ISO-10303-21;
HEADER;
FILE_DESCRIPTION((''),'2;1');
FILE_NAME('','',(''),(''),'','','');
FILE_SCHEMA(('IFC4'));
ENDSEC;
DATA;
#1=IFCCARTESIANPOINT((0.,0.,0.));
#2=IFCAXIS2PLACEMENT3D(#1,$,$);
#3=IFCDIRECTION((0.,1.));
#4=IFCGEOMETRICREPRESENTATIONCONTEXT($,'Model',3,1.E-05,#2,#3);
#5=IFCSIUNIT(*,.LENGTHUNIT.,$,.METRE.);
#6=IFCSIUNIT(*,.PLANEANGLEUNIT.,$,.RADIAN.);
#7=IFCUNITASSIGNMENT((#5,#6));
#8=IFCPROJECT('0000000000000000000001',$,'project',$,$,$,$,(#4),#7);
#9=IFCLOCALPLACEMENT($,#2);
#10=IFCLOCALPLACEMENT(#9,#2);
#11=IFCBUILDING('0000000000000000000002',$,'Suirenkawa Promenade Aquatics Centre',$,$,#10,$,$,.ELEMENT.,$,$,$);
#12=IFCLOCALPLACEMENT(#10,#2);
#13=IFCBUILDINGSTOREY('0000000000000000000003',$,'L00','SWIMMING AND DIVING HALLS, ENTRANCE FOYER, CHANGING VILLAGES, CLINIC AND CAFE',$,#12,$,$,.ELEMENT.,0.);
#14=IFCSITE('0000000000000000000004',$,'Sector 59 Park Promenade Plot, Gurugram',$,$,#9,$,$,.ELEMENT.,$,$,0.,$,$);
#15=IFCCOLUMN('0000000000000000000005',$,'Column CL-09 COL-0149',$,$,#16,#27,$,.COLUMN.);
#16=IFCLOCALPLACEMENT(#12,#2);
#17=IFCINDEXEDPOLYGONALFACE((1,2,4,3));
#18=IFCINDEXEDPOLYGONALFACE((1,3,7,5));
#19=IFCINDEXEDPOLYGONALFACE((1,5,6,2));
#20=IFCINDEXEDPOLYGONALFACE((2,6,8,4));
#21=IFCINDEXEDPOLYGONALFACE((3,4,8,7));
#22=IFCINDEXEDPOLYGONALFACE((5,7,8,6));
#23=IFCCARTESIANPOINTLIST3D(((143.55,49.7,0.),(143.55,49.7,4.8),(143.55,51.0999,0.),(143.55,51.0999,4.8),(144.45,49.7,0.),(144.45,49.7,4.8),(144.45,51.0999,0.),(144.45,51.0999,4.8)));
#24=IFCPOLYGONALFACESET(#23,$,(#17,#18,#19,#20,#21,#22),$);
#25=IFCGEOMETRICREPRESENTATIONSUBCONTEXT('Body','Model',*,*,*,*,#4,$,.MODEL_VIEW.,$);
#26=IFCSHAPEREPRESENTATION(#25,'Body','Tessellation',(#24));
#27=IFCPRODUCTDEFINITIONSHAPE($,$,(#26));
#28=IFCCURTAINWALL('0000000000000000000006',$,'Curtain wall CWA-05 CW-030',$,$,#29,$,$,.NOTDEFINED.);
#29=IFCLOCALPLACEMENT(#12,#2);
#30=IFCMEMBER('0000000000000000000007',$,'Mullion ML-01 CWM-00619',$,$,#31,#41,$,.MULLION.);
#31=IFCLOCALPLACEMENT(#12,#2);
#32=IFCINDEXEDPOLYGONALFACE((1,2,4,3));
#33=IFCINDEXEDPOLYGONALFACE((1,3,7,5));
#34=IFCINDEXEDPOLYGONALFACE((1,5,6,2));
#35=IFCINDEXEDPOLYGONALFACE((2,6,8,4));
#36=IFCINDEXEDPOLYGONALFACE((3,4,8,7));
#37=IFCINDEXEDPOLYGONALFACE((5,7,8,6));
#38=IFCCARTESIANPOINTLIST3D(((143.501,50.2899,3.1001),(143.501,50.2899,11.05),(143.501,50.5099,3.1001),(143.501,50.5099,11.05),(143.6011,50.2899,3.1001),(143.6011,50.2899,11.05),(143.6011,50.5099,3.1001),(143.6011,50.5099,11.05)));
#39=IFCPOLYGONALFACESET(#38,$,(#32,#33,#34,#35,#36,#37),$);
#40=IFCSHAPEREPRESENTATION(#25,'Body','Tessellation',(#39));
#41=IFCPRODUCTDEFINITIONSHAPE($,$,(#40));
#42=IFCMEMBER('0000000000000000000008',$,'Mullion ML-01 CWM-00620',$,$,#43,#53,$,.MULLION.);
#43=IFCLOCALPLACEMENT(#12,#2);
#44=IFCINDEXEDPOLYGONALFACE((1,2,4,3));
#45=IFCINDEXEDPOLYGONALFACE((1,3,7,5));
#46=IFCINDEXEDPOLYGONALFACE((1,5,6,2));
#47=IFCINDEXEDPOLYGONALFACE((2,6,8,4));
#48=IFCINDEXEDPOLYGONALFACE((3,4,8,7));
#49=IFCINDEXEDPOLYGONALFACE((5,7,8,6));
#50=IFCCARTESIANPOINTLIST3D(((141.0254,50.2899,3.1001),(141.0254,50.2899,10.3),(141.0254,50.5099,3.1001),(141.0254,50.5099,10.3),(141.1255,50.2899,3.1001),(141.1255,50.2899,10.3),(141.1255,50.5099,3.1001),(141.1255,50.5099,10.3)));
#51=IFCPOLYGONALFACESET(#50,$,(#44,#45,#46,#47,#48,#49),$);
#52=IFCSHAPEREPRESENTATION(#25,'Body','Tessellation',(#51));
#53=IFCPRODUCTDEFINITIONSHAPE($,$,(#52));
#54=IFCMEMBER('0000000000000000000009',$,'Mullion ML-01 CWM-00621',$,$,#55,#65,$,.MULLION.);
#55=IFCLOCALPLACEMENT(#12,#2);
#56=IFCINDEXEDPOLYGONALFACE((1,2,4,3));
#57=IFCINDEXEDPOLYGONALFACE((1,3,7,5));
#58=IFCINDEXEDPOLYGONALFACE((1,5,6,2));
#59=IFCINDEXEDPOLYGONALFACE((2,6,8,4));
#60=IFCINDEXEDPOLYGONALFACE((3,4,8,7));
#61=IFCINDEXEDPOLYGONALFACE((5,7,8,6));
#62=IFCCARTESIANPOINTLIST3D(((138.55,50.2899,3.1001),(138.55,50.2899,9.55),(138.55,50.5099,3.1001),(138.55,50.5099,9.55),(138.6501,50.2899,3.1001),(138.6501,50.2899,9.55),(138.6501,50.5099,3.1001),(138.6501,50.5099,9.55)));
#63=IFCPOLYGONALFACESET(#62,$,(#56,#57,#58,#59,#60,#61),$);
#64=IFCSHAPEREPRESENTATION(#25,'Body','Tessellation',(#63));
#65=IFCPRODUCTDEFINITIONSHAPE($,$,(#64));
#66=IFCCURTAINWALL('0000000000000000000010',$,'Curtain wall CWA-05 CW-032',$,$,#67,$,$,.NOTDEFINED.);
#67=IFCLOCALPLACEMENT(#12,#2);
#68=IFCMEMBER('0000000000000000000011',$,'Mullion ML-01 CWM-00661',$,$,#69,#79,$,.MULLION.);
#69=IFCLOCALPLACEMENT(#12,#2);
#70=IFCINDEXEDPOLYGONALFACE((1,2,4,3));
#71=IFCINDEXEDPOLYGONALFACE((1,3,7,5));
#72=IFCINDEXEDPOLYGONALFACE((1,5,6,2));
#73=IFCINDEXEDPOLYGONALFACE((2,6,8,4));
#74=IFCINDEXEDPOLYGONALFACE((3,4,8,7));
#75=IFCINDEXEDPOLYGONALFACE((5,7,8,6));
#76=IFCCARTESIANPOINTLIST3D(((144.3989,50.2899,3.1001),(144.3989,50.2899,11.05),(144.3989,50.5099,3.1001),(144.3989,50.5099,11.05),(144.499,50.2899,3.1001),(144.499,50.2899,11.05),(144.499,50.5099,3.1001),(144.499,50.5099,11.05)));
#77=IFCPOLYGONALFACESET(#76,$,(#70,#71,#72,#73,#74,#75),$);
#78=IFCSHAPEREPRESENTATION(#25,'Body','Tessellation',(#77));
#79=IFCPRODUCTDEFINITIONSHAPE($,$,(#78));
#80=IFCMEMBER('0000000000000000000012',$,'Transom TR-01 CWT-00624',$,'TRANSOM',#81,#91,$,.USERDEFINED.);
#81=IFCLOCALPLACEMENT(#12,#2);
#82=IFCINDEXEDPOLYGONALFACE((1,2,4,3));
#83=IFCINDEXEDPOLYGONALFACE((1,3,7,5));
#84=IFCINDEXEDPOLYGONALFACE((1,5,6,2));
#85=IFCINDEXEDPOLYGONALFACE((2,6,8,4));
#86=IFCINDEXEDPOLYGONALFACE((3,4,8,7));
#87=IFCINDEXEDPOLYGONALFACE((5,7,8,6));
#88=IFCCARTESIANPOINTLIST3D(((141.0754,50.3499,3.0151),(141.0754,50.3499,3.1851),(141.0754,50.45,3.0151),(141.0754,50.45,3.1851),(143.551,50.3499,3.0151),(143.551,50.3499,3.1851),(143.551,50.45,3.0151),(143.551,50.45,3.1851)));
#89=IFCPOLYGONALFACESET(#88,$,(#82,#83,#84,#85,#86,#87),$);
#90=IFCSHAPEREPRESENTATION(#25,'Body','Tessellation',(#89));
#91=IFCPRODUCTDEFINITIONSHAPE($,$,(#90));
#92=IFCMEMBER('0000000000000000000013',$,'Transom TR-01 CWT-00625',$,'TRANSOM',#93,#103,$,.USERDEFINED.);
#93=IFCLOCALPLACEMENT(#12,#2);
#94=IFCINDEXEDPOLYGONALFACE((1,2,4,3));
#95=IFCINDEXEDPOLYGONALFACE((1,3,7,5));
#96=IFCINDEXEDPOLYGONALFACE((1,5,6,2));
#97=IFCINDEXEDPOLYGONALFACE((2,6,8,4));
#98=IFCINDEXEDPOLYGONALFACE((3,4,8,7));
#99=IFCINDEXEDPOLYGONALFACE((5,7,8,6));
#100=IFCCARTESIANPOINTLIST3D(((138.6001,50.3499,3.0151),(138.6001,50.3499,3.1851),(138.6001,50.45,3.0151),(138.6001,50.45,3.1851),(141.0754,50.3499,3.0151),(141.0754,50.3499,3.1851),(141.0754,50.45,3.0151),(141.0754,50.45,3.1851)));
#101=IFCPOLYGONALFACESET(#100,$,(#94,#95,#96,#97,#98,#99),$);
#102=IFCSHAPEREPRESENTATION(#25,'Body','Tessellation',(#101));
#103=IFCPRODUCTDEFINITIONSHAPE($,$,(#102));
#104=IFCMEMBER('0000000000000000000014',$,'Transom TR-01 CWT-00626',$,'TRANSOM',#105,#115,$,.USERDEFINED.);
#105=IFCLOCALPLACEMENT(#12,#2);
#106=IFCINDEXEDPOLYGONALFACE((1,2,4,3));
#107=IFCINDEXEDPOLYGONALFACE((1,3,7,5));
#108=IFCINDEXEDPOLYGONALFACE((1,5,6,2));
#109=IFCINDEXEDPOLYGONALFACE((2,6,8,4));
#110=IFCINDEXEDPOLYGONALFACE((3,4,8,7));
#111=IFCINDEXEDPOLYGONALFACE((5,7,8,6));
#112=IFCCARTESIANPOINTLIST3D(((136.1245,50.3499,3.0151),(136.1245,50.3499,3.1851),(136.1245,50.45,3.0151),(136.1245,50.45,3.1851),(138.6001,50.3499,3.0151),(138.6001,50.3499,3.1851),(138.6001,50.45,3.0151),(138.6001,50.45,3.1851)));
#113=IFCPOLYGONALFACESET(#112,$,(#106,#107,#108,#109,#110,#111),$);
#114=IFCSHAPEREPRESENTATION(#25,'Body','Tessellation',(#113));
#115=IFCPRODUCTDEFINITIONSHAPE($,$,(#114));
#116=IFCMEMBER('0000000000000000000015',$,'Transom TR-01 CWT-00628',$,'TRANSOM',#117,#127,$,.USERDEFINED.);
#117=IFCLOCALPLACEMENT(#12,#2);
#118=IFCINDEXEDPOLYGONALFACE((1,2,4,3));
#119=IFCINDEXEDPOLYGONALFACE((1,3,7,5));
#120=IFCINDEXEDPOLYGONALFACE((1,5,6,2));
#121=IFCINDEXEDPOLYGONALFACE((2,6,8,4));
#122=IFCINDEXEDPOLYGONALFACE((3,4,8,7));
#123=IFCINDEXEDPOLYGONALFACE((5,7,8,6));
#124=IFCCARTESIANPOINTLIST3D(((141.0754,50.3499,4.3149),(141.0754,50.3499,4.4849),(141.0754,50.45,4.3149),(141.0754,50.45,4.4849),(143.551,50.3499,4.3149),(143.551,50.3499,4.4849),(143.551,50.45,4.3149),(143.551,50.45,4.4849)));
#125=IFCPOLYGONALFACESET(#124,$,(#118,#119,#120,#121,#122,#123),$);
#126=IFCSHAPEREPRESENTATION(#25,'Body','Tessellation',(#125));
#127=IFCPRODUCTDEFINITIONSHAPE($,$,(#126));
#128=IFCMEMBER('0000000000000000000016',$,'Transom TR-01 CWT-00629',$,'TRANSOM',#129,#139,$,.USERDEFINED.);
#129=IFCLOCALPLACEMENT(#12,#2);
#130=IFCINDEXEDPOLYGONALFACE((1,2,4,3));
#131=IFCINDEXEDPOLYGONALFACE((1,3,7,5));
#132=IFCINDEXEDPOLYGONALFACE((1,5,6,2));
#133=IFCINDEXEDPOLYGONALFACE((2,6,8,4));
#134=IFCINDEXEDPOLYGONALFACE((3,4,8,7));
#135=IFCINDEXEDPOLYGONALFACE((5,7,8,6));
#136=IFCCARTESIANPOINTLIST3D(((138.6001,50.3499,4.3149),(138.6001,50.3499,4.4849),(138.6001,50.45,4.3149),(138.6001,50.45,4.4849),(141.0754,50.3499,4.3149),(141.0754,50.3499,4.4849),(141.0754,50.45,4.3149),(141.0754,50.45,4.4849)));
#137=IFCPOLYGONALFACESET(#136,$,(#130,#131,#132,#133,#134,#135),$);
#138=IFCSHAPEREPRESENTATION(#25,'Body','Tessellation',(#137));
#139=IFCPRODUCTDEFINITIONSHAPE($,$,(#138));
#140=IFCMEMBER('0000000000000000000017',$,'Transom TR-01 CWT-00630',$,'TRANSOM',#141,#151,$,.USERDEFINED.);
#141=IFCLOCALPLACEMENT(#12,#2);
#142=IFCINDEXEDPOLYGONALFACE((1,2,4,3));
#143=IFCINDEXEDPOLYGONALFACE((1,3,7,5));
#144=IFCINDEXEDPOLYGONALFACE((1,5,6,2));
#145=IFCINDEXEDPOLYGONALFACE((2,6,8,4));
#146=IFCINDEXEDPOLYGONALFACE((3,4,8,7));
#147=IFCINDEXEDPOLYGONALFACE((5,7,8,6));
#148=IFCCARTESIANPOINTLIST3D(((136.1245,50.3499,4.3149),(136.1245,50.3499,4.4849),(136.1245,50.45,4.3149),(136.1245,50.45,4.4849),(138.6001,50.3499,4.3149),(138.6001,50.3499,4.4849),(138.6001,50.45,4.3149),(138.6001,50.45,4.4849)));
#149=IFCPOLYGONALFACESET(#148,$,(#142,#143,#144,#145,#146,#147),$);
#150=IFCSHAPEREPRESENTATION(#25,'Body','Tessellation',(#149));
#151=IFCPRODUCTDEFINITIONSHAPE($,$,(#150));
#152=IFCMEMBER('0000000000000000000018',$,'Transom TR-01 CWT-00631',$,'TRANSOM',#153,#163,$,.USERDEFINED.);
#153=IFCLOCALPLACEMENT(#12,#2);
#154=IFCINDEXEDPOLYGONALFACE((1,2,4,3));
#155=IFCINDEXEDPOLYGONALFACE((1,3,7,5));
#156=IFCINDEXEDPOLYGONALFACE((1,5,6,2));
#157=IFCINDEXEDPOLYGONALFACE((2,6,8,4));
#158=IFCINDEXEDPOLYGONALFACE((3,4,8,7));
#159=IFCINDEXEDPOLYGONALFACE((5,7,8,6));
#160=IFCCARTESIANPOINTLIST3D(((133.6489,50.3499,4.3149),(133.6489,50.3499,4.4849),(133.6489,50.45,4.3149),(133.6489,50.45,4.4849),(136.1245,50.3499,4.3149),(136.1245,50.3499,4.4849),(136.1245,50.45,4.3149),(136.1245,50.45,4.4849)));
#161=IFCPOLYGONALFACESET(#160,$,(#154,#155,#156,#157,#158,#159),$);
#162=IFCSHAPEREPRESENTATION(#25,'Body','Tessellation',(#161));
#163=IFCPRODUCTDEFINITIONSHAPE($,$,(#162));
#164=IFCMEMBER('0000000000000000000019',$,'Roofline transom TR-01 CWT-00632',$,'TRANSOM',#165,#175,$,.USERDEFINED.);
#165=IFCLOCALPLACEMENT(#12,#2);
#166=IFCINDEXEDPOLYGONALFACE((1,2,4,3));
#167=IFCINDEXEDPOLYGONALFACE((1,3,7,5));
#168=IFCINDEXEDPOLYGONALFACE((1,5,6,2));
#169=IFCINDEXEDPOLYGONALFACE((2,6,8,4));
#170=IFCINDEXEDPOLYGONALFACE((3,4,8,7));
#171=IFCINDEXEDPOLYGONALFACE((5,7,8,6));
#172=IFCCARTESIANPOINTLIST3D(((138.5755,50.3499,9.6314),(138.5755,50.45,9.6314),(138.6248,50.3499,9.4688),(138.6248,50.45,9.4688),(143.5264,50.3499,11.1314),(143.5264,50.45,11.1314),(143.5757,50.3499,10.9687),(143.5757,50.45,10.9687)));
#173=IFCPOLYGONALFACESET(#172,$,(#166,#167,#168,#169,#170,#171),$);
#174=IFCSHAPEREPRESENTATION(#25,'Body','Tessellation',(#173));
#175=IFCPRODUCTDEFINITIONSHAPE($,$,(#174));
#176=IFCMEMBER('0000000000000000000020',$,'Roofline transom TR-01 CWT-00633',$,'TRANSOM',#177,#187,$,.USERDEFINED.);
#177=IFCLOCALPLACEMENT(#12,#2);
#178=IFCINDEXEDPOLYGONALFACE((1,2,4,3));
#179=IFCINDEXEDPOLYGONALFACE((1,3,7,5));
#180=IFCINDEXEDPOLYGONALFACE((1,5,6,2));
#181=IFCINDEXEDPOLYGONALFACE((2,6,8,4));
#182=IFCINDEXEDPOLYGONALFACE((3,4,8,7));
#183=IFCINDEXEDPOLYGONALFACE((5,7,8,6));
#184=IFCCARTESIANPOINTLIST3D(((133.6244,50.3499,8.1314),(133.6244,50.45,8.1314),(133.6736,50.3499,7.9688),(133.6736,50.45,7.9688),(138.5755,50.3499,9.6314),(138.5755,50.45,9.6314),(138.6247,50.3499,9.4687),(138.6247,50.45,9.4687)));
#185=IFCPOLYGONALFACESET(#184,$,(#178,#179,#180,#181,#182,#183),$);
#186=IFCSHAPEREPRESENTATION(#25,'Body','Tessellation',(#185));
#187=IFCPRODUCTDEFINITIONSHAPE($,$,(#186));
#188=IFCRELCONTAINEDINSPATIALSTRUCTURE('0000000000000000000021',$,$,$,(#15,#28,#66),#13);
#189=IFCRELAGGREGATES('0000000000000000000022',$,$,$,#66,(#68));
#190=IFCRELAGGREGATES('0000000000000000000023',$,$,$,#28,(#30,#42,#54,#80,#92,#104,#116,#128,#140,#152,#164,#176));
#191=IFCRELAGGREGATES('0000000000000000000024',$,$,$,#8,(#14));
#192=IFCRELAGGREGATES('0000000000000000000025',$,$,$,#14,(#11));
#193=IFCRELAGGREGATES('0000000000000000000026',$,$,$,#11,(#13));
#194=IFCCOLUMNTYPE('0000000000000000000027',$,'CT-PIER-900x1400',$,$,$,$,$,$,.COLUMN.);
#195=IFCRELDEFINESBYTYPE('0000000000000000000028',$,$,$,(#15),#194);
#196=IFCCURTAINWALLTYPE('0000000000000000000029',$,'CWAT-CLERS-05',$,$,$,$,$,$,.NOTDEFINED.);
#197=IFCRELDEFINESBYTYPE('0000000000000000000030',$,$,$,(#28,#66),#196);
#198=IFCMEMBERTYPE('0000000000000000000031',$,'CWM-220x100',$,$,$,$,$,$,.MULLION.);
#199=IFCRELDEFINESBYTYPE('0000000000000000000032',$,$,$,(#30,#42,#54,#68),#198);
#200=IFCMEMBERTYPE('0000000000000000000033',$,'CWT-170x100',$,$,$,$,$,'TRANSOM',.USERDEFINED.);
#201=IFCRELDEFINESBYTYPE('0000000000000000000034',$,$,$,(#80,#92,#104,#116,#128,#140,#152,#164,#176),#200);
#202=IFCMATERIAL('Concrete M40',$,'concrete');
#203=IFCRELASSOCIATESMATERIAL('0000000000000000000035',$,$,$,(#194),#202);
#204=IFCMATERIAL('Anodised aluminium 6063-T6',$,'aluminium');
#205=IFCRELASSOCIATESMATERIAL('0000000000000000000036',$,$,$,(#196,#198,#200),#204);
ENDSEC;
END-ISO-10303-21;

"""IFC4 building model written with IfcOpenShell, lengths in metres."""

from ifc_helpers import new_model, si_unit, direction, frame, origin, origin_2d, place, context, subcontext, project, spatial, rectangle, extrude, material, material_profile, profile_set, type_object, element, aggregate, save


model = new_model("IFC4")

# Units and contexts
model_context = context("Model", 3, precision=1e-05, world=origin(), true_north=direction((0.0, 1.0)))
body_context = subcontext(model_context, "Body", "Model", "MODEL_VIEW")
ifc_project = project(units=[si_unit("LENGTHUNIT", "METRE"), si_unit("PLANEANGLEUNIT", "RADIAN")], contexts=[model_context])

# Site, building, storey
site_placement = place(None, origin())
site = spatial("IfcSite", under=ifc_project, at=site_placement, Name="Sector 59 Park Promenade Plot, Gurugram", CompositionType="ELEMENT", RefElevation=0.0)
building_placement = place(site_placement, origin())
building = spatial("IfcBuilding", under=site, at=building_placement, Name="Suirenkawa Promenade Aquatics Centre", CompositionType="ELEMENT")
storey_placement = place(building_placement, origin())
storey = spatial("IfcBuildingStorey", under=building, at=storey_placement, Name="L00", Description="SWIMMING AND DIVING HALLS, ENTRANCE FOYER, CHANGING VILLAGES, CLINIC AND CAFE", CompositionType="ELEMENT", Elevation=0.0)

# Column
ifc_material_1 = material(Name="Concrete M40", Category="concrete")
ifc_material_profile_1 = material_profile(ifc_material_1, rectangle(XDim=0.8999, YDim=1.3999, at=origin_2d()), Name="RC PIER 900x1400", Category="concrete")
ifc_profile_set_1 = profile_set([ifc_material_profile_1], Name="Concrete M40")
column_type = type_object("IfcColumnType", Name="CT-PIER-900x1400", PredefinedType="COLUMN", material=ifc_profile_set_1)
column_placement = place(storey_placement, frame((144.0, 50.3999, 0.0), z_axis=(0.0, 0.0, 1.0), x_axis=(1.0, 0.0, 0.0)))
element("IfcColumn", 1, at=column_placement, inside=storey, type_object=column_type, Name="Column CL-09 COL-0149", PredefinedType="COLUMN", context=body_context, shape_type="SweptSolid", body=[
    extrude(rectangle(XDim=0.8999, YDim=1.3999, at=origin_2d()), origin(), (0.0, 0.0, 1.0), 4.8),
])

# Curtain wall, members
ifc_material_2 = material(Name="Anodised aluminium 6063-T6", Category="aluminium")
curtain_wall_type = type_object("IfcCurtainWallType", Name="CWAT-CLERS-05", PredefinedType="NOTDEFINED", material=ifc_material_2)
curtain_wall_1_placement = place(storey_placement, origin())
curtain_wall_1 = element("IfcCurtainWall", 2, at=curtain_wall_1_placement, inside=storey, type_object=curtain_wall_type, Name="Curtain wall CWA-05 CW-030", PredefinedType="NOTDEFINED")
ifc_material_profile_2 = material_profile(ifc_material_2, rectangle(XDim=0.1001, YDim=0.22, at=origin_2d()), Name="ALU MULL 100x220", Category="aluminium")
ifc_profile_set_2 = profile_set([ifc_material_profile_2], Name="Anodised aluminium 6063-T6")
member_type_1 = type_object("IfcMemberType", Name="CWM-220x100", PredefinedType="MULLION", material=ifc_profile_set_2)
member_1_placement = place(storey_placement, frame((143.551, 50.3999, 3.1001), z_axis=(0.0, 0.0, 1.0), x_axis=(-1.0, 0.0, 0.0)))
member_1 = element("IfcMember", 3, at=member_1_placement, type_object=member_type_1, Name="Mullion ML-01 CWM-00619", PredefinedType="MULLION", context=body_context, shape_type="SweptSolid", body=[
    extrude(rectangle(XDim=0.1001, YDim=0.22, at=origin_2d()), origin(), (0.0, 0.0, 1.0), 7.95),
])
member_2_placement = place(storey_placement, frame((141.0754, 50.3999, 3.1001), z_axis=(0.0, 0.0, 1.0), x_axis=(-1.0, 0.0, 0.0)))
member_2 = element("IfcMember", 4, at=member_2_placement, type_object=member_type_1, Name="Mullion ML-01 CWM-00620", PredefinedType="MULLION", context=body_context, shape_type="SweptSolid", body=[
    extrude(rectangle(XDim=0.1001, YDim=0.22, at=origin_2d()), origin(), (0.0, 0.0, 1.0), 7.2),
])
member_3_placement = place(storey_placement, frame((138.6001, 50.3999, 3.1001), z_axis=(0.0, 0.0, 1.0), x_axis=(-1.0, 0.0, 0.0)))
member_3 = element("IfcMember", 5, at=member_3_placement, type_object=member_type_1, Name="Mullion ML-01 CWM-00621", PredefinedType="MULLION", context=body_context, shape_type="SweptSolid", body=[
    extrude(rectangle(XDim=0.1001, YDim=0.22, at=origin_2d()), origin(), (0.0, 0.0, 1.0), 6.45),
])

# Curtain wall, member
curtain_wall_2_placement = place(storey_placement, origin())
curtain_wall_2 = element("IfcCurtainWall", 6, at=curtain_wall_2_placement, inside=storey, type_object=curtain_wall_type, Name="Curtain wall CWA-05 CW-032", PredefinedType="NOTDEFINED")
member_4_placement = place(storey_placement, frame((144.449, 50.3999, 3.1001), z_axis=(0.0, 0.0, 1.0), x_axis=(-1.0, 0.0, 0.0)))
member_4 = element("IfcMember", 7, at=member_4_placement, type_object=member_type_1, Name="Mullion ML-01 CWM-00661", PredefinedType="MULLION", context=body_context, shape_type="SweptSolid", body=[
    extrude(rectangle(XDim=0.1001, YDim=0.22, at=origin_2d()), origin(), (0.0, 0.0, 1.0), 7.95),
])
aggregate(curtain_wall_2, [member_4])

# Members
ifc_material_profile_3 = material_profile(ifc_material_2, rectangle(XDim=0.1001, YDim=0.1699, at=origin_2d()), Name="ALU TRAN 100x170", Category="aluminium")
ifc_profile_set_3 = profile_set([ifc_material_profile_3], Name="Anodised aluminium 6063-T6")
member_type_2 = type_object("IfcMemberType", Name="CWT-170x100", ElementType="TRANSOM", PredefinedType="USERDEFINED", material=ifc_profile_set_3)
member_5_placement = place(storey_placement, frame((143.551, 50.3999, 3.1001), z_axis=(-1.0, 0.0, 0.0), x_axis=(0.0, -1.0, 0.0)))
member_5 = element("IfcMember", 8, at=member_5_placement, type_object=member_type_2, Name="Transom TR-01 CWT-00624", ObjectType="TRANSOM", PredefinedType="USERDEFINED", context=body_context, shape_type="SweptSolid", body=[
    extrude(rectangle(XDim=0.1001, YDim=0.1699, at=origin_2d()), origin(), (0.0, 0.0, 1.0), 2.4756),
])
member_6_placement = place(storey_placement, frame((141.0754, 50.3999, 3.1001), z_axis=(-1.0, 0.0, 0.0), x_axis=(0.0, -1.0, 0.0)))
member_6 = element("IfcMember", 9, at=member_6_placement, type_object=member_type_2, Name="Transom TR-01 CWT-00625", ObjectType="TRANSOM", PredefinedType="USERDEFINED", context=body_context, shape_type="SweptSolid", body=[
    extrude(rectangle(XDim=0.1001, YDim=0.1699, at=origin_2d()), origin(), (0.0, 0.0, 1.0), 2.4753),
])
member_7_placement = place(storey_placement, frame((138.6001, 50.3999, 3.1001), z_axis=(-1.0, 0.0, 0.0), x_axis=(0.0, -1.0, 0.0)))
member_7 = element("IfcMember", 10, at=member_7_placement, type_object=member_type_2, Name="Transom TR-01 CWT-00626", ObjectType="TRANSOM", PredefinedType="USERDEFINED", context=body_context, shape_type="SweptSolid", body=[
    extrude(rectangle(XDim=0.1001, YDim=0.1699, at=origin_2d()), origin(), (0.0, 0.0, 1.0), 2.4756),
])
member_8_placement = place(storey_placement, frame((143.551, 50.3999, 4.3999), z_axis=(-1.0, 0.0, 0.0), x_axis=(0.0, -1.0, 0.0)))
member_8 = element("IfcMember", 11, at=member_8_placement, type_object=member_type_2, Name="Transom TR-01 CWT-00628", ObjectType="TRANSOM", PredefinedType="USERDEFINED", context=body_context, shape_type="SweptSolid", body=[
    extrude(rectangle(XDim=0.1001, YDim=0.1699, at=origin_2d()), origin(), (0.0, 0.0, 1.0), 2.4756),
])
member_9_placement = place(storey_placement, frame((141.0754, 50.3999, 4.3999), z_axis=(-1.0, 0.0, 0.0), x_axis=(0.0, -1.0, 0.0)))
member_9 = element("IfcMember", 12, at=member_9_placement, type_object=member_type_2, Name="Transom TR-01 CWT-00629", ObjectType="TRANSOM", PredefinedType="USERDEFINED", context=body_context, shape_type="SweptSolid", body=[
    extrude(rectangle(XDim=0.1001, YDim=0.1699, at=origin_2d()), origin(), (0.0, 0.0, 1.0), 2.4753),
])
member_10_placement = place(storey_placement, frame((138.6001, 50.3999, 4.3999), z_axis=(-1.0, 0.0, 0.0), x_axis=(0.0, -1.0, 0.0)))
member_10 = element("IfcMember", 13, at=member_10_placement, type_object=member_type_2, Name="Transom TR-01 CWT-00630", ObjectType="TRANSOM", PredefinedType="USERDEFINED", context=body_context, shape_type="SweptSolid", body=[
    extrude(rectangle(XDim=0.1001, YDim=0.1699, at=origin_2d()), origin(), (0.0, 0.0, 1.0), 2.4756),
])
member_11_placement = place(storey_placement, frame((136.1245, 50.3999, 4.3999), z_axis=(-1.0, 0.0, 0.0), x_axis=(0.0, -1.0, 0.0)))
member_11 = element("IfcMember", 14, at=member_11_placement, type_object=member_type_2, Name="Transom TR-01 CWT-00631", ObjectType="TRANSOM", PredefinedType="USERDEFINED", context=body_context, shape_type="SweptSolid", body=[
    extrude(rectangle(XDim=0.1001, YDim=0.1699, at=origin_2d()), origin(), (0.0, 0.0, 1.0), 2.4756),
])
member_12_placement = place(storey_placement, frame((143.551, 50.3999, 11.05), z_axis=(-0.957039, 0.0, -0.289958), x_axis=(0.0, -1.0, 0.0)))
member_12 = element("IfcMember", 15, at=member_12_placement, type_object=member_type_2, Name="Roofline transom TR-01 CWT-00632", ObjectType="TRANSOM", PredefinedType="USERDEFINED", context=body_context, shape_type="SweptSolid", body=[
    extrude(rectangle(XDim=0.1001, YDim=0.1699, at=origin_2d()), origin(), (0.0, 0.0, 1.0), 5.1731),
])
member_13_placement = place(storey_placement, frame((138.6001, 50.3999, 9.55), z_axis=(-0.957043, 0.0, -0.289945), x_axis=(0.0, -1.0, 0.0)))
member_13 = element("IfcMember", 16, at=member_13_placement, type_object=member_type_2, Name="Roofline transom TR-01 CWT-00633", ObjectType="TRANSOM", PredefinedType="USERDEFINED", context=body_context, shape_type="SweptSolid", body=[
    extrude(rectangle(XDim=0.1001, YDim=0.1699, at=origin_2d()), origin(), (0.0, 0.0, 1.0), 5.1733),
])

aggregate(curtain_wall_1, [member_1, member_2, member_3, member_5, member_6, member_7, member_8, member_9, member_10, member_11, member_12, member_13])

save(model, "model.ifc")
